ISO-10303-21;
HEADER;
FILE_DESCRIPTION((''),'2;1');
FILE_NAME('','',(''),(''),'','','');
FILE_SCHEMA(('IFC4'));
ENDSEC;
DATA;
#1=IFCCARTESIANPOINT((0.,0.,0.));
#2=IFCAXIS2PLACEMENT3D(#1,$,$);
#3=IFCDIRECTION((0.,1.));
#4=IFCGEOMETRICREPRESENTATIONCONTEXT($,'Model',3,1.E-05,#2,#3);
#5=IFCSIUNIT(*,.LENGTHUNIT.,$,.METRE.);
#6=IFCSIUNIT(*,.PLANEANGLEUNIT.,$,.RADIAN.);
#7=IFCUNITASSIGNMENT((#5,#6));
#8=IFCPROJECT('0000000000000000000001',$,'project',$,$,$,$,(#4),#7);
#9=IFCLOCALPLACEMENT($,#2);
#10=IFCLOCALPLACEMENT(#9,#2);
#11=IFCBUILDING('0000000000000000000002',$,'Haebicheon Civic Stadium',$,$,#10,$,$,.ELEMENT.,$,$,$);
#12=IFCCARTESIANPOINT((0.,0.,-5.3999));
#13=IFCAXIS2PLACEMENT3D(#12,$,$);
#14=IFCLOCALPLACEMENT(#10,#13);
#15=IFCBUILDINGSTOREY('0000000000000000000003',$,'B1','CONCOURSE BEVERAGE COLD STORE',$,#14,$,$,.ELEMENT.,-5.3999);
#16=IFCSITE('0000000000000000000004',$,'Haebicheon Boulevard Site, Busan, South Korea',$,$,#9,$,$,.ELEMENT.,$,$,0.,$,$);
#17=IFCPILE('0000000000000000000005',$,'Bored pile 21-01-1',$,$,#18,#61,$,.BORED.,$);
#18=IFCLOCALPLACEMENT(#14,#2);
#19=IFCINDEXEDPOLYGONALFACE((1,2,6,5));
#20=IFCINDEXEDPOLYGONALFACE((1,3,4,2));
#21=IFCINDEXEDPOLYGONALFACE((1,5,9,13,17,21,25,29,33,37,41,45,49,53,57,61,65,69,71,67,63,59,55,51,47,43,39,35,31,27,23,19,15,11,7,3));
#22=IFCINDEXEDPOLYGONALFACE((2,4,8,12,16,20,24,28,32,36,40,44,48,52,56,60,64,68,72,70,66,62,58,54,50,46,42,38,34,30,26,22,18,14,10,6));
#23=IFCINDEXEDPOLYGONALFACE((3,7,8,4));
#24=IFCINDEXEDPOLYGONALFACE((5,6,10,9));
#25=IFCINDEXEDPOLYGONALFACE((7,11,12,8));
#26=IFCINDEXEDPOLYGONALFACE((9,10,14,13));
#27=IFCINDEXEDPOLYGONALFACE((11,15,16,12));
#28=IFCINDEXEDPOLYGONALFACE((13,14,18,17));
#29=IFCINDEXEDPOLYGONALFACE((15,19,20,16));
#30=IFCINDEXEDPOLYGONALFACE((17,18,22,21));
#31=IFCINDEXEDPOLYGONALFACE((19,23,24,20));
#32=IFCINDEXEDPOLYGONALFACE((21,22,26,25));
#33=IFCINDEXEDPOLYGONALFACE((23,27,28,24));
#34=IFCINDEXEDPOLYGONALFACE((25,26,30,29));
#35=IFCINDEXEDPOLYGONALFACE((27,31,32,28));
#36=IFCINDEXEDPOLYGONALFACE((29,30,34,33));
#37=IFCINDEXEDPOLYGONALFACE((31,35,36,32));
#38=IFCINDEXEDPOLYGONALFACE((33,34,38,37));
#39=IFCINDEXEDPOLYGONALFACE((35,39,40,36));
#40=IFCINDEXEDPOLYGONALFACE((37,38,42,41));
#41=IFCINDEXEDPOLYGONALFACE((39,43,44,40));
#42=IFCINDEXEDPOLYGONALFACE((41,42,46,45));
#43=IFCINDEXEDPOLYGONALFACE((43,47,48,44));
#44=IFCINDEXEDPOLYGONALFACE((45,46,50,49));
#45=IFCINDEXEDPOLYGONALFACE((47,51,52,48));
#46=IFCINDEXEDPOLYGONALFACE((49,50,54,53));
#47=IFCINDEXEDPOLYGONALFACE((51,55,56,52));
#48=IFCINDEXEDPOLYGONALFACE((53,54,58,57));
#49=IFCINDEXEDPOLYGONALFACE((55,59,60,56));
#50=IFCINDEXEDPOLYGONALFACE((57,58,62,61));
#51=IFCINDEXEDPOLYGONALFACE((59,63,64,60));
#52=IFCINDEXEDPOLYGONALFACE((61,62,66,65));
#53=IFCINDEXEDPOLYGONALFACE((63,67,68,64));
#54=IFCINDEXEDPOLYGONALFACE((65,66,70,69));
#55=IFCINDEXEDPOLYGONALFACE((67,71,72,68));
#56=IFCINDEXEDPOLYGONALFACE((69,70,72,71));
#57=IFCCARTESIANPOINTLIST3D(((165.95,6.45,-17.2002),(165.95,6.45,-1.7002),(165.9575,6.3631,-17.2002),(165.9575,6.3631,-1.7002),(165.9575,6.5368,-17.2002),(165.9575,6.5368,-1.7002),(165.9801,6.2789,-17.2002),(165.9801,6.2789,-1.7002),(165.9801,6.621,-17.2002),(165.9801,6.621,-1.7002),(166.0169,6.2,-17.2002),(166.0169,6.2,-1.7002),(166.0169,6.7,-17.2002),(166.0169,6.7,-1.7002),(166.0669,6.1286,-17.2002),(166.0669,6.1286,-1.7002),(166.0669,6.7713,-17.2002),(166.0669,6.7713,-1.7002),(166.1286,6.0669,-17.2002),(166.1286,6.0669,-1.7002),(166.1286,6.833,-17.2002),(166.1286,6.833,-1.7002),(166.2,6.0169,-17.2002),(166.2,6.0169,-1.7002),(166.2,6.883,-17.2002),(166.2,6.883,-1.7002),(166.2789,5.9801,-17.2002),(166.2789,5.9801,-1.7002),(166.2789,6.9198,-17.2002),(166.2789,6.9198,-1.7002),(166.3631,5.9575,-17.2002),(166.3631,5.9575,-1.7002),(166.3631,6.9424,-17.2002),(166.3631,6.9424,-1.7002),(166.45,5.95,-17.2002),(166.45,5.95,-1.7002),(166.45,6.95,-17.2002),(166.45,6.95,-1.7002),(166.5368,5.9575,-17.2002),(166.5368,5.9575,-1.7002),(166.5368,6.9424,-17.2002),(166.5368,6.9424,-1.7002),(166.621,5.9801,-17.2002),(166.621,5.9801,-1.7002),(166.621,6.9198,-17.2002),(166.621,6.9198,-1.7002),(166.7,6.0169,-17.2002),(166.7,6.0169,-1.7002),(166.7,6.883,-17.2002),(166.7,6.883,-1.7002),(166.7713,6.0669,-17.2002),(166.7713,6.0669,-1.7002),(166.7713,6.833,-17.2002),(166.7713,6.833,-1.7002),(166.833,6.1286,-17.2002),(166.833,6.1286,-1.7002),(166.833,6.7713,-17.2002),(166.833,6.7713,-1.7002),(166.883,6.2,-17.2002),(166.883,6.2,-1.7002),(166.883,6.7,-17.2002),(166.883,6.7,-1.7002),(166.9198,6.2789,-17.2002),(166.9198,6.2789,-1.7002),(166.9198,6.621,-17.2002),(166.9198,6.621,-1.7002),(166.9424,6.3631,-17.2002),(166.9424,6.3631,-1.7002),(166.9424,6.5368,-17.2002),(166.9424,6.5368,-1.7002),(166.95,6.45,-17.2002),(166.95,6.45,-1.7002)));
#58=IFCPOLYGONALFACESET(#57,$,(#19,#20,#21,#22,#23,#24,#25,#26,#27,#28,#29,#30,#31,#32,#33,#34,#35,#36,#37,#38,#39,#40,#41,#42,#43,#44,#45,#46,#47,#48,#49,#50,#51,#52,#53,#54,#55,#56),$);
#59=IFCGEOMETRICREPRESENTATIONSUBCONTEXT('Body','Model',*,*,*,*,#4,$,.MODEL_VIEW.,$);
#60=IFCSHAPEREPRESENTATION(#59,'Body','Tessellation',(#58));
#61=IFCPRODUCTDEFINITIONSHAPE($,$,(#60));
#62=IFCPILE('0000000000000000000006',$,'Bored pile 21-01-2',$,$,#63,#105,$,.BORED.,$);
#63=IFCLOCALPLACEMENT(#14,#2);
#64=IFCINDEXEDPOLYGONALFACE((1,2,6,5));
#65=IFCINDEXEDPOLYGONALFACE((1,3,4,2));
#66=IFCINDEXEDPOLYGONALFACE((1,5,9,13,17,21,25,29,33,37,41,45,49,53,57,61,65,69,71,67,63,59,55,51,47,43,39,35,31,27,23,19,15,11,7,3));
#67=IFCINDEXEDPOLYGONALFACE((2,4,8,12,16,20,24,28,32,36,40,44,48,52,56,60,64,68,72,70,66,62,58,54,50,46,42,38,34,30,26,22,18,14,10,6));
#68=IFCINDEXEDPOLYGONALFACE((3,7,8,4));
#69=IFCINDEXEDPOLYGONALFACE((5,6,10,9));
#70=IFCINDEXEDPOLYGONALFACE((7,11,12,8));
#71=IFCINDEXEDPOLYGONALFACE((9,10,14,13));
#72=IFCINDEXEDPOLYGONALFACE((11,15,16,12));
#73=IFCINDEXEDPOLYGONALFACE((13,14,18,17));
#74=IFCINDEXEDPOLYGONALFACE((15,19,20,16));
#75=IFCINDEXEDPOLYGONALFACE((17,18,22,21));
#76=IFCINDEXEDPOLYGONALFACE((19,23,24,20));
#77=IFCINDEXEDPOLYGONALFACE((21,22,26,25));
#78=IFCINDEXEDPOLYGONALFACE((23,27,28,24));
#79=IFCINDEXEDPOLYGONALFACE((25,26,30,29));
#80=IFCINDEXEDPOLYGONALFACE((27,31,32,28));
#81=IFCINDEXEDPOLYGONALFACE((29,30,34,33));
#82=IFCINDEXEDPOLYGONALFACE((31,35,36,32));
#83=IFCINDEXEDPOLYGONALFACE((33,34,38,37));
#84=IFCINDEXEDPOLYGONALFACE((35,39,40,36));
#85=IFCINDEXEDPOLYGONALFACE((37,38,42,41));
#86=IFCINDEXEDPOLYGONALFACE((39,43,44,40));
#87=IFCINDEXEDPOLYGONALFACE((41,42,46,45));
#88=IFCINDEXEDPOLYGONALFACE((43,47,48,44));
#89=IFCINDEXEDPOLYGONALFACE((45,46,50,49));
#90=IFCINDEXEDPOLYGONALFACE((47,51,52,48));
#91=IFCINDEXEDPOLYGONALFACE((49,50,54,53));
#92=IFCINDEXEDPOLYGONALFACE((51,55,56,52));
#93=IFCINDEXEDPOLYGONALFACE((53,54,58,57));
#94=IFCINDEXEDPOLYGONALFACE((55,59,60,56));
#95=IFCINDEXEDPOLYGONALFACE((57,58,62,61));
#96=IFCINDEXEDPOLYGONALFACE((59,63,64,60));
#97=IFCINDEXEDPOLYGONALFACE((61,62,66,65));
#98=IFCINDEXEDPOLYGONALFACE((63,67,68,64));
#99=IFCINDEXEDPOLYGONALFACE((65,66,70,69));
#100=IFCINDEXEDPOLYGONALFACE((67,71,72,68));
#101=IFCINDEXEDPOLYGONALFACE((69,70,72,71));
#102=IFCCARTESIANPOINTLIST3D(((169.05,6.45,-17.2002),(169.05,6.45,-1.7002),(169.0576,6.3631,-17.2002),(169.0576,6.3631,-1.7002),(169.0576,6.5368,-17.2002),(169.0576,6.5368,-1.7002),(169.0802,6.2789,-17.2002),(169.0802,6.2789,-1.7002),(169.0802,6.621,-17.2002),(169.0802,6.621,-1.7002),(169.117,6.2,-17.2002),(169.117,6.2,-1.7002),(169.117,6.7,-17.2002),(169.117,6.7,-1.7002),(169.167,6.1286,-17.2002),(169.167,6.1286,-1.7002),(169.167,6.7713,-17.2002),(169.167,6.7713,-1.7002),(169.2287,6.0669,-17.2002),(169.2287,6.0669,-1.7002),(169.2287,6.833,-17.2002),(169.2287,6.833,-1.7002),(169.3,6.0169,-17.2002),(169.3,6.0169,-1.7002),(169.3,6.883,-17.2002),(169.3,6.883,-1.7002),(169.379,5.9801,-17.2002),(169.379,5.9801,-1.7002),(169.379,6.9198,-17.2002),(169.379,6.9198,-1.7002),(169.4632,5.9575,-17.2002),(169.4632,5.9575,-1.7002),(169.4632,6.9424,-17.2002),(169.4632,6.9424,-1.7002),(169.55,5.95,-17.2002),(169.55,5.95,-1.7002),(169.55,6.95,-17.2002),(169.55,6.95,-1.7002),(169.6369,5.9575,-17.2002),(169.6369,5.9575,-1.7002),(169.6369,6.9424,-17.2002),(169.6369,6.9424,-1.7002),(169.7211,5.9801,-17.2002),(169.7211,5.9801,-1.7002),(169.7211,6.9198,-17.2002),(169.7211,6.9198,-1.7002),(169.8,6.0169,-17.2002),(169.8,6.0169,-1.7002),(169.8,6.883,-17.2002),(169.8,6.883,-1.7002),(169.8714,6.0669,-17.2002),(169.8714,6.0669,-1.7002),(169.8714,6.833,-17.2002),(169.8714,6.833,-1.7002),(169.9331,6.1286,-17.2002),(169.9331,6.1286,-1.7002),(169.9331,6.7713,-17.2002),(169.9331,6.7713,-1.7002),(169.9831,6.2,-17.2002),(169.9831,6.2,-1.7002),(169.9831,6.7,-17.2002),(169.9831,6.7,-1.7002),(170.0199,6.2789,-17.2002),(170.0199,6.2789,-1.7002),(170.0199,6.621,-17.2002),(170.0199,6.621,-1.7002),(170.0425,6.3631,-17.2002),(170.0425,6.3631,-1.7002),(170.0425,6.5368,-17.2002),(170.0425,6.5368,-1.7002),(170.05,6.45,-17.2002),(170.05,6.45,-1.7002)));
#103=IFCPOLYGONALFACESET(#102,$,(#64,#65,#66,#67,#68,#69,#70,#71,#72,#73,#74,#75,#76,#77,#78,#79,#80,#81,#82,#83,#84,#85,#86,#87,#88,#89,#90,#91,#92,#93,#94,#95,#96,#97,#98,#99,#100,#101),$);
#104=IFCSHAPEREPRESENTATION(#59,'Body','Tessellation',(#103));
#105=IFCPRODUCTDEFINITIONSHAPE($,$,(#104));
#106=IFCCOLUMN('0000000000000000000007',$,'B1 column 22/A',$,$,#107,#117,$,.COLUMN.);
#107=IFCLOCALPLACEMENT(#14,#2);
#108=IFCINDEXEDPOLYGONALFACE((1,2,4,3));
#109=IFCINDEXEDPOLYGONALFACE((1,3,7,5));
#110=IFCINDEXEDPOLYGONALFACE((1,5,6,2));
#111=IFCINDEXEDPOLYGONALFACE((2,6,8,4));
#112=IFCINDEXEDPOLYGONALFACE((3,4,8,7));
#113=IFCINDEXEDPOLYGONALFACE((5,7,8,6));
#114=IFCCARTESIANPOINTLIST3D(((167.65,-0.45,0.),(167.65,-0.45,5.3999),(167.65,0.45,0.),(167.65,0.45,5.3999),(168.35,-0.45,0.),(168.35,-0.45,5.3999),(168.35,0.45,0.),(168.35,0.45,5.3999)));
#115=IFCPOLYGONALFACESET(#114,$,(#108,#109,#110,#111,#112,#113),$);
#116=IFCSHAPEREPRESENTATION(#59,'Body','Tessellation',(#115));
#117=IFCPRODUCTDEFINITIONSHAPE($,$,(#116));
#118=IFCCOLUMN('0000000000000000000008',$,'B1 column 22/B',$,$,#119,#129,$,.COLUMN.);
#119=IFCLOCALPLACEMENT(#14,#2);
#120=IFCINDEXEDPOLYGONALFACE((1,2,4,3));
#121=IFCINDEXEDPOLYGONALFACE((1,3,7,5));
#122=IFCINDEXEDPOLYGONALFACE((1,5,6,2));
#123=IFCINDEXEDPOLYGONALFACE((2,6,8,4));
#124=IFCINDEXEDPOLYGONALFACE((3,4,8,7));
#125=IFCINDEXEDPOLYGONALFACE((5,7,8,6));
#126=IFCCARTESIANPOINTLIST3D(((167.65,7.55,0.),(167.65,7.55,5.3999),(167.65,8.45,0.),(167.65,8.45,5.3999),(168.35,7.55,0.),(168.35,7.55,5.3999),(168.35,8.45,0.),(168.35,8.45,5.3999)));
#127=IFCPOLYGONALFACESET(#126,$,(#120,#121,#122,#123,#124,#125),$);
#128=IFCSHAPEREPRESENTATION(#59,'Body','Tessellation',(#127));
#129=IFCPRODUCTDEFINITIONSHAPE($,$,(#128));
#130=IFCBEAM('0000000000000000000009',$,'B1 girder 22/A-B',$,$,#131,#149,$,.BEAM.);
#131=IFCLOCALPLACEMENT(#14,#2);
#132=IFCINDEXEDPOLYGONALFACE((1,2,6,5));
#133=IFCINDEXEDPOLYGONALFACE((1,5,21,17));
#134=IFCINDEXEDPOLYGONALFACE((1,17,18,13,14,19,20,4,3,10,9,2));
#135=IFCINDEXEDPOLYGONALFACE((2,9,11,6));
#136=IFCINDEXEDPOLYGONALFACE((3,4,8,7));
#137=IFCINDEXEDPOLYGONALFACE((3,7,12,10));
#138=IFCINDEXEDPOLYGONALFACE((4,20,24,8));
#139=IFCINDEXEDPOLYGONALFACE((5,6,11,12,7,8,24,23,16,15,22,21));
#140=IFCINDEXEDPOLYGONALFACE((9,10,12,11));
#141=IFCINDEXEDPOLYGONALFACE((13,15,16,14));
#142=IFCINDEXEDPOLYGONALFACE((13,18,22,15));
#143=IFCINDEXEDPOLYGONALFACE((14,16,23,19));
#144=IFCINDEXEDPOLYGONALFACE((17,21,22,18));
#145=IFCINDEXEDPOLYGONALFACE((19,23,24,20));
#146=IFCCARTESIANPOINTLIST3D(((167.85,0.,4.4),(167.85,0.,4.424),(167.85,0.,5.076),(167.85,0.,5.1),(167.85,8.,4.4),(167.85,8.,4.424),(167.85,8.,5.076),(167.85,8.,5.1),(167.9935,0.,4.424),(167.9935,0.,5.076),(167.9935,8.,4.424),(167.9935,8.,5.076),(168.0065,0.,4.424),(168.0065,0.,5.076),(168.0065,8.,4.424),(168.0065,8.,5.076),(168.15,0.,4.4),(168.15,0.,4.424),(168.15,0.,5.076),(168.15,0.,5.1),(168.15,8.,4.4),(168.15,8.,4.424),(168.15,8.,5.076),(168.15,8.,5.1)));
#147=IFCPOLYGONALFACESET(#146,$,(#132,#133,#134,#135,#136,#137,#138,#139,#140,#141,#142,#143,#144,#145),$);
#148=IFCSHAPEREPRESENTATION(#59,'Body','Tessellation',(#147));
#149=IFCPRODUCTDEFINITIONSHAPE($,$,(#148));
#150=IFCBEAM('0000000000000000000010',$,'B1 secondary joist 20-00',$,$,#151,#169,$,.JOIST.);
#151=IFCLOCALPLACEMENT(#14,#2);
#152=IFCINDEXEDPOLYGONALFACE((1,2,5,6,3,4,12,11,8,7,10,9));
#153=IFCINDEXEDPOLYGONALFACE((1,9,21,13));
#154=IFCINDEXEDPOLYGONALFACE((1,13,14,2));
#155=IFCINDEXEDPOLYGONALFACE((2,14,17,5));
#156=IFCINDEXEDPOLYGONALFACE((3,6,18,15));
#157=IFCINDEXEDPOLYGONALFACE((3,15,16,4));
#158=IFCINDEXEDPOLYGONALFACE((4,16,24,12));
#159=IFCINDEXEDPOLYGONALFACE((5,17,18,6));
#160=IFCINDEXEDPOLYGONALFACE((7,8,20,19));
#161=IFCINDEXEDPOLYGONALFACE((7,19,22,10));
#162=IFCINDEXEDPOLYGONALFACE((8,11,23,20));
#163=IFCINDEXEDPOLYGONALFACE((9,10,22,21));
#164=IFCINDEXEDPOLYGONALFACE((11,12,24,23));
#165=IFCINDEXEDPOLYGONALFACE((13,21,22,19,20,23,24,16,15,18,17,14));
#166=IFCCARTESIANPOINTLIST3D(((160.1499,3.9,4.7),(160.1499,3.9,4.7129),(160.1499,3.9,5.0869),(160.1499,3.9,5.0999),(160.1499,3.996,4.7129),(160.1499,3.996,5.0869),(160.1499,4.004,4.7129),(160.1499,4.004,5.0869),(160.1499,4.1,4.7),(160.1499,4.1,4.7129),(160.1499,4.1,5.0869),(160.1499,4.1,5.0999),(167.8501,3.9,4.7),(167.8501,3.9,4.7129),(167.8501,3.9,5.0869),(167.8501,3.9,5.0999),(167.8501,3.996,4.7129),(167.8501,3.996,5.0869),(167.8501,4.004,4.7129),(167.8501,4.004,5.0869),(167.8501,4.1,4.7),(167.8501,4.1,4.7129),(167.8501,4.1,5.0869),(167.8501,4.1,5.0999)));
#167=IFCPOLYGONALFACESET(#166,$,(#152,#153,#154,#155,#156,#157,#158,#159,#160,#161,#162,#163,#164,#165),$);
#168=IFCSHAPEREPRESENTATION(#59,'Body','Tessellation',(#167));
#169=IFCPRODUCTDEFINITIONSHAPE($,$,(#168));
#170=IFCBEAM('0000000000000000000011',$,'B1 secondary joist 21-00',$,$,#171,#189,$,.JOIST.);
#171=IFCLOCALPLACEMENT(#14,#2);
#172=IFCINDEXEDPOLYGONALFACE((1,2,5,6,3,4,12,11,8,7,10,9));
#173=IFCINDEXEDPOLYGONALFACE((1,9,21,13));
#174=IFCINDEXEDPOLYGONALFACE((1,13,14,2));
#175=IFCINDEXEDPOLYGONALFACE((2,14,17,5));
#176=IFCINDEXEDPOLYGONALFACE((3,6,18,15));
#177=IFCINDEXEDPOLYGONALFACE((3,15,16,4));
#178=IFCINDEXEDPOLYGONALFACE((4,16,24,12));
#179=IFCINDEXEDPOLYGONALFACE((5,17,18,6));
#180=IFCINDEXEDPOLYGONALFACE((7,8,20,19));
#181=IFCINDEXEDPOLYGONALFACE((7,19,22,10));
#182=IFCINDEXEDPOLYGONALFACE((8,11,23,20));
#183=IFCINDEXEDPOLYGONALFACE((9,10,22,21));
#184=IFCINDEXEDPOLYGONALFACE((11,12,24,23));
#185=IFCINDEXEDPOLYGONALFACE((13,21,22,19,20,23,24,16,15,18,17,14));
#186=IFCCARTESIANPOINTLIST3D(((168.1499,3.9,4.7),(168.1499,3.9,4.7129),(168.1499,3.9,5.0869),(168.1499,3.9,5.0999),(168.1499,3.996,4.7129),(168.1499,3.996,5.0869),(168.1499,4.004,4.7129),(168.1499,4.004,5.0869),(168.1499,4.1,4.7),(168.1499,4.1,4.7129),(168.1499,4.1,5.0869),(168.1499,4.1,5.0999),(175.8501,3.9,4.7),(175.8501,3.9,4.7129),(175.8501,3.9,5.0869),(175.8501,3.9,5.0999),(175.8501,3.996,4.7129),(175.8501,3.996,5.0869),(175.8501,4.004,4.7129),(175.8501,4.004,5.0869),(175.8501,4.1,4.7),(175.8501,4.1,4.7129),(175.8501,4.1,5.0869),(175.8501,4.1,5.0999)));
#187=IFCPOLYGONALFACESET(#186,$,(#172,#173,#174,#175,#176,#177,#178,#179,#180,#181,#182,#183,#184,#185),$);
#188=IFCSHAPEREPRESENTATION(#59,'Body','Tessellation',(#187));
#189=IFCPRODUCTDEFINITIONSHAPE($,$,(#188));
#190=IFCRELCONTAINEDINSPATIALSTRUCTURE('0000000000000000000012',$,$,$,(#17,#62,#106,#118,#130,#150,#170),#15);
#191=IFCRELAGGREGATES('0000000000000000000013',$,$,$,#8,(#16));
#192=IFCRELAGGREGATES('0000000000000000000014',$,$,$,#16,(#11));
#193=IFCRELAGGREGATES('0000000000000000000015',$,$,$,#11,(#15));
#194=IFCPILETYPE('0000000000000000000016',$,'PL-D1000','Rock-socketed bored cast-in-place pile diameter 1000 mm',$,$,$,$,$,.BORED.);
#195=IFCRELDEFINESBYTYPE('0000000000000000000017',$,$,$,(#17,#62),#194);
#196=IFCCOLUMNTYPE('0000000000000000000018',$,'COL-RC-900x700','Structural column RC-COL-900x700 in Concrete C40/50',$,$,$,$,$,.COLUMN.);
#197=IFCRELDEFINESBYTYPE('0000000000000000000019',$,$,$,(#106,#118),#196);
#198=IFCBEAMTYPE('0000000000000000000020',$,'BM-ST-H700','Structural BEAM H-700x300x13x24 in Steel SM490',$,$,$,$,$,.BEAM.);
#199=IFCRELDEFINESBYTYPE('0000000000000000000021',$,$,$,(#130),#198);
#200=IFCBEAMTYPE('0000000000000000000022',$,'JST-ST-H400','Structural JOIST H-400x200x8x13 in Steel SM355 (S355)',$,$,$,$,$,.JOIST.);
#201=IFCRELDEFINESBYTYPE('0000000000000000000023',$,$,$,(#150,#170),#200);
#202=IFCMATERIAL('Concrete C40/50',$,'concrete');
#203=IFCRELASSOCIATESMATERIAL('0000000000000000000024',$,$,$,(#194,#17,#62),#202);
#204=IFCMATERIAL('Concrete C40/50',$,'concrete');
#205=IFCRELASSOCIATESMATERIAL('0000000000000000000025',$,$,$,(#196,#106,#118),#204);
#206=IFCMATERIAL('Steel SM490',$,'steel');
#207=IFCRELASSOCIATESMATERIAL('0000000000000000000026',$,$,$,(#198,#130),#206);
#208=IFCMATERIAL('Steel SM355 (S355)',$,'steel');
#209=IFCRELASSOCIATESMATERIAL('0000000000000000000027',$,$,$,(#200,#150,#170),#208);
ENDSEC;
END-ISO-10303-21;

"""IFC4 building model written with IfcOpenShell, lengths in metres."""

from ifc_helpers import new_model, si_unit, direction, frame, origin, origin_2d, place, context, subcontext, project, spatial, rectangle, circle, i_section, extrude, material, material_profile, profile_set, type_object, element, save


model = new_model("IFC4")

# Units and contexts
model_context = context("Model", 3, precision=1e-05, world=origin(), true_north=direction((0.0, 1.0)))
body_context = subcontext(model_context, "Body", "Model", "MODEL_VIEW")
ifc_project = project(units=[si_unit("LENGTHUNIT", "METRE"), si_unit("PLANEANGLEUNIT", "RADIAN")], contexts=[model_context])

# Site, building, storey
site_placement = place(None, origin())
site = spatial("IfcSite", under=ifc_project, at=site_placement, Name="Haebicheon Boulevard Site, Busan, South Korea", CompositionType="ELEMENT", RefElevation=0.0)
building_placement = place(site_placement, origin())
building = spatial("IfcBuilding", under=site, at=building_placement, Name="Haebicheon Civic Stadium", CompositionType="ELEMENT")
storey_placement = place(building_placement, frame((0.0, 0.0, -5.3999)))
storey = spatial("IfcBuildingStorey", under=building, at=storey_placement, Name="B1", Description="CONCOURSE BEVERAGE COLD STORE", CompositionType="ELEMENT", Elevation=-5.3999)

# Piles
ifc_material_1 = material(Name="Concrete C40/50", Category="concrete")
ifc_material_profile_1 = material_profile(ifc_material_1, circle(Radius=0.5, at=origin_2d()), Name="PILE-D1000")
ifc_profile_set_1 = profile_set([ifc_material_profile_1], Name="Concrete C40/50")
pile_type = type_object("IfcPileType", Name="PL-D1000", Description="Rock-socketed bored cast-in-place pile diameter 1000 mm", PredefinedType="BORED", material=ifc_profile_set_1)
for number, where, z_axis, x_axis, name in (
    (1, (166.45, 6.45, -1.7002), (0.0, 0.0, -1.0), (1.0, 0.0, 0.0), "Bored pile 21-01-1"),
    (2, (169.55, 6.45, -1.7002), (0.0, 0.0, -1.0), (1.0, 0.0, 0.0), "Bored pile 21-01-2"),
):
    element("IfcPile", number, at=place(storey_placement, frame(where, z_axis=z_axis, x_axis=x_axis)), inside=storey, type_object=pile_type, material=ifc_profile_set_1, Name=name, PredefinedType="BORED", context=body_context, shape_type="SweptSolid", body=[
        extrude(circle(Radius=0.5, at=origin_2d()), origin(), (0.0, 0.0, 1.0), 15.5),
    ])

# Columns
ifc_material_2 = material(Name="Concrete C40/50", Category="concrete")
ifc_material_profile_2 = material_profile(ifc_material_2, rectangle(XDim=0.7, YDim=0.8999, at=origin_2d()), Name="RC-COL-900x700")
ifc_profile_set_2 = profile_set([ifc_material_profile_2], Name="Concrete C40/50")
column_type = type_object("IfcColumnType", Name="COL-RC-900x700", Description="Structural column RC-COL-900x700 in Concrete C40/50", PredefinedType="COLUMN", material=ifc_profile_set_2)
for number, where, z_axis, x_axis, name in (
    (3, (168.0, 0.0, 0.0), (0.0, 0.0, 1.0), (1.0, 0.0, 0.0), "B1 column 22/A"),
    (4, (168.0, 8.0, 0.0), (0.0, 0.0, 1.0), (1.0, 0.0, 0.0), "B1 column 22/B"),
):
    element("IfcColumn", number, at=place(storey_placement, frame(where, z_axis=z_axis, x_axis=x_axis)), inside=storey, type_object=column_type, material=ifc_profile_set_2, Name=name, PredefinedType="COLUMN", context=body_context, shape_type="SweptSolid", body=[
        extrude(rectangle(XDim=0.7, YDim=0.8999, at=origin_2d()), origin(), (0.0, 0.0, 1.0), 5.3999),
    ])

# Beams
ifc_material_3 = material(Name="Steel SM490", Category="steel")
ifc_material_profile_3 = material_profile(ifc_material_3, i_section(OverallWidth=0.3, OverallDepth=0.7, WebThickness=0.0129, FlangeThickness=0.0239, at=origin_2d()), Name="H-700x300x13x24")
ifc_profile_set_3 = profile_set([ifc_material_profile_3], Name="Steel SM490")
beam_type_1 = type_object("IfcBeamType", Name="BM-ST-H700", Description="Structural BEAM H-700x300x13x24 in Steel SM490", PredefinedType="BEAM", material=ifc_profile_set_3)
beam_1_placement = place(storey_placement, frame((168.0, 0.0, 4.75), z_axis=(0.0, 1.0, 0.0), x_axis=(-1.0, 0.0, 0.0)))
element("IfcBeam", 5, at=beam_1_placement, inside=storey, type_object=beam_type_1, material=ifc_profile_set_3, Name="B1 girder 22/A-B", PredefinedType="BEAM", context=body_context, shape_type="SweptSolid", body=[
    extrude(i_section(OverallWidth=0.3, OverallDepth=0.7, WebThickness=0.0129, FlangeThickness=0.0239, at=origin_2d()), origin(), (0.0, 0.0, 1.0), 8.0),
])
ifc_material_4 = material(Name="Steel SM355 (S355)", Category="steel")
ifc_material_profile_4 = material_profile(ifc_material_4, i_section(OverallWidth=0.2, OverallDepth=0.3999, WebThickness=0.0081, FlangeThickness=0.0129, at=origin_2d()), Name="H-400x200x8x13")
ifc_profile_set_4 = profile_set([ifc_material_profile_4], Name="Steel SM355 (S355)")
beam_type_2 = type_object("IfcBeamType", Name="JST-ST-H400", Description="Structural JOIST H-400x200x8x13 in Steel SM355 (S355)", PredefinedType="JOIST", material=ifc_profile_set_4)
for number, where, z_axis, x_axis, name in (
    (6, (160.1499, 4.0, 4.8999), (1.0, 0.0, 0.0), (0.0, 1.0, 0.0), "B1 secondary joist 20-00"),
    (7, (168.1499, 4.0, 4.8999), (1.0, 0.0, 0.0), (0.0, 1.0, 0.0), "B1 secondary joist 21-00"),
):
    element("IfcBeam", number, at=place(storey_placement, frame(where, z_axis=z_axis, x_axis=x_axis)), inside=storey, type_object=beam_type_2, material=ifc_profile_set_4, Name=name, PredefinedType="JOIST", context=body_context, shape_type="SweptSolid", body=[
        extrude(i_section(OverallWidth=0.2, OverallDepth=0.3999, WebThickness=0.0081, FlangeThickness=0.0129, at=origin_2d()), origin(), (0.0, 0.0, 1.0), 7.7002),
    ])

save(model, "model.ifc")
